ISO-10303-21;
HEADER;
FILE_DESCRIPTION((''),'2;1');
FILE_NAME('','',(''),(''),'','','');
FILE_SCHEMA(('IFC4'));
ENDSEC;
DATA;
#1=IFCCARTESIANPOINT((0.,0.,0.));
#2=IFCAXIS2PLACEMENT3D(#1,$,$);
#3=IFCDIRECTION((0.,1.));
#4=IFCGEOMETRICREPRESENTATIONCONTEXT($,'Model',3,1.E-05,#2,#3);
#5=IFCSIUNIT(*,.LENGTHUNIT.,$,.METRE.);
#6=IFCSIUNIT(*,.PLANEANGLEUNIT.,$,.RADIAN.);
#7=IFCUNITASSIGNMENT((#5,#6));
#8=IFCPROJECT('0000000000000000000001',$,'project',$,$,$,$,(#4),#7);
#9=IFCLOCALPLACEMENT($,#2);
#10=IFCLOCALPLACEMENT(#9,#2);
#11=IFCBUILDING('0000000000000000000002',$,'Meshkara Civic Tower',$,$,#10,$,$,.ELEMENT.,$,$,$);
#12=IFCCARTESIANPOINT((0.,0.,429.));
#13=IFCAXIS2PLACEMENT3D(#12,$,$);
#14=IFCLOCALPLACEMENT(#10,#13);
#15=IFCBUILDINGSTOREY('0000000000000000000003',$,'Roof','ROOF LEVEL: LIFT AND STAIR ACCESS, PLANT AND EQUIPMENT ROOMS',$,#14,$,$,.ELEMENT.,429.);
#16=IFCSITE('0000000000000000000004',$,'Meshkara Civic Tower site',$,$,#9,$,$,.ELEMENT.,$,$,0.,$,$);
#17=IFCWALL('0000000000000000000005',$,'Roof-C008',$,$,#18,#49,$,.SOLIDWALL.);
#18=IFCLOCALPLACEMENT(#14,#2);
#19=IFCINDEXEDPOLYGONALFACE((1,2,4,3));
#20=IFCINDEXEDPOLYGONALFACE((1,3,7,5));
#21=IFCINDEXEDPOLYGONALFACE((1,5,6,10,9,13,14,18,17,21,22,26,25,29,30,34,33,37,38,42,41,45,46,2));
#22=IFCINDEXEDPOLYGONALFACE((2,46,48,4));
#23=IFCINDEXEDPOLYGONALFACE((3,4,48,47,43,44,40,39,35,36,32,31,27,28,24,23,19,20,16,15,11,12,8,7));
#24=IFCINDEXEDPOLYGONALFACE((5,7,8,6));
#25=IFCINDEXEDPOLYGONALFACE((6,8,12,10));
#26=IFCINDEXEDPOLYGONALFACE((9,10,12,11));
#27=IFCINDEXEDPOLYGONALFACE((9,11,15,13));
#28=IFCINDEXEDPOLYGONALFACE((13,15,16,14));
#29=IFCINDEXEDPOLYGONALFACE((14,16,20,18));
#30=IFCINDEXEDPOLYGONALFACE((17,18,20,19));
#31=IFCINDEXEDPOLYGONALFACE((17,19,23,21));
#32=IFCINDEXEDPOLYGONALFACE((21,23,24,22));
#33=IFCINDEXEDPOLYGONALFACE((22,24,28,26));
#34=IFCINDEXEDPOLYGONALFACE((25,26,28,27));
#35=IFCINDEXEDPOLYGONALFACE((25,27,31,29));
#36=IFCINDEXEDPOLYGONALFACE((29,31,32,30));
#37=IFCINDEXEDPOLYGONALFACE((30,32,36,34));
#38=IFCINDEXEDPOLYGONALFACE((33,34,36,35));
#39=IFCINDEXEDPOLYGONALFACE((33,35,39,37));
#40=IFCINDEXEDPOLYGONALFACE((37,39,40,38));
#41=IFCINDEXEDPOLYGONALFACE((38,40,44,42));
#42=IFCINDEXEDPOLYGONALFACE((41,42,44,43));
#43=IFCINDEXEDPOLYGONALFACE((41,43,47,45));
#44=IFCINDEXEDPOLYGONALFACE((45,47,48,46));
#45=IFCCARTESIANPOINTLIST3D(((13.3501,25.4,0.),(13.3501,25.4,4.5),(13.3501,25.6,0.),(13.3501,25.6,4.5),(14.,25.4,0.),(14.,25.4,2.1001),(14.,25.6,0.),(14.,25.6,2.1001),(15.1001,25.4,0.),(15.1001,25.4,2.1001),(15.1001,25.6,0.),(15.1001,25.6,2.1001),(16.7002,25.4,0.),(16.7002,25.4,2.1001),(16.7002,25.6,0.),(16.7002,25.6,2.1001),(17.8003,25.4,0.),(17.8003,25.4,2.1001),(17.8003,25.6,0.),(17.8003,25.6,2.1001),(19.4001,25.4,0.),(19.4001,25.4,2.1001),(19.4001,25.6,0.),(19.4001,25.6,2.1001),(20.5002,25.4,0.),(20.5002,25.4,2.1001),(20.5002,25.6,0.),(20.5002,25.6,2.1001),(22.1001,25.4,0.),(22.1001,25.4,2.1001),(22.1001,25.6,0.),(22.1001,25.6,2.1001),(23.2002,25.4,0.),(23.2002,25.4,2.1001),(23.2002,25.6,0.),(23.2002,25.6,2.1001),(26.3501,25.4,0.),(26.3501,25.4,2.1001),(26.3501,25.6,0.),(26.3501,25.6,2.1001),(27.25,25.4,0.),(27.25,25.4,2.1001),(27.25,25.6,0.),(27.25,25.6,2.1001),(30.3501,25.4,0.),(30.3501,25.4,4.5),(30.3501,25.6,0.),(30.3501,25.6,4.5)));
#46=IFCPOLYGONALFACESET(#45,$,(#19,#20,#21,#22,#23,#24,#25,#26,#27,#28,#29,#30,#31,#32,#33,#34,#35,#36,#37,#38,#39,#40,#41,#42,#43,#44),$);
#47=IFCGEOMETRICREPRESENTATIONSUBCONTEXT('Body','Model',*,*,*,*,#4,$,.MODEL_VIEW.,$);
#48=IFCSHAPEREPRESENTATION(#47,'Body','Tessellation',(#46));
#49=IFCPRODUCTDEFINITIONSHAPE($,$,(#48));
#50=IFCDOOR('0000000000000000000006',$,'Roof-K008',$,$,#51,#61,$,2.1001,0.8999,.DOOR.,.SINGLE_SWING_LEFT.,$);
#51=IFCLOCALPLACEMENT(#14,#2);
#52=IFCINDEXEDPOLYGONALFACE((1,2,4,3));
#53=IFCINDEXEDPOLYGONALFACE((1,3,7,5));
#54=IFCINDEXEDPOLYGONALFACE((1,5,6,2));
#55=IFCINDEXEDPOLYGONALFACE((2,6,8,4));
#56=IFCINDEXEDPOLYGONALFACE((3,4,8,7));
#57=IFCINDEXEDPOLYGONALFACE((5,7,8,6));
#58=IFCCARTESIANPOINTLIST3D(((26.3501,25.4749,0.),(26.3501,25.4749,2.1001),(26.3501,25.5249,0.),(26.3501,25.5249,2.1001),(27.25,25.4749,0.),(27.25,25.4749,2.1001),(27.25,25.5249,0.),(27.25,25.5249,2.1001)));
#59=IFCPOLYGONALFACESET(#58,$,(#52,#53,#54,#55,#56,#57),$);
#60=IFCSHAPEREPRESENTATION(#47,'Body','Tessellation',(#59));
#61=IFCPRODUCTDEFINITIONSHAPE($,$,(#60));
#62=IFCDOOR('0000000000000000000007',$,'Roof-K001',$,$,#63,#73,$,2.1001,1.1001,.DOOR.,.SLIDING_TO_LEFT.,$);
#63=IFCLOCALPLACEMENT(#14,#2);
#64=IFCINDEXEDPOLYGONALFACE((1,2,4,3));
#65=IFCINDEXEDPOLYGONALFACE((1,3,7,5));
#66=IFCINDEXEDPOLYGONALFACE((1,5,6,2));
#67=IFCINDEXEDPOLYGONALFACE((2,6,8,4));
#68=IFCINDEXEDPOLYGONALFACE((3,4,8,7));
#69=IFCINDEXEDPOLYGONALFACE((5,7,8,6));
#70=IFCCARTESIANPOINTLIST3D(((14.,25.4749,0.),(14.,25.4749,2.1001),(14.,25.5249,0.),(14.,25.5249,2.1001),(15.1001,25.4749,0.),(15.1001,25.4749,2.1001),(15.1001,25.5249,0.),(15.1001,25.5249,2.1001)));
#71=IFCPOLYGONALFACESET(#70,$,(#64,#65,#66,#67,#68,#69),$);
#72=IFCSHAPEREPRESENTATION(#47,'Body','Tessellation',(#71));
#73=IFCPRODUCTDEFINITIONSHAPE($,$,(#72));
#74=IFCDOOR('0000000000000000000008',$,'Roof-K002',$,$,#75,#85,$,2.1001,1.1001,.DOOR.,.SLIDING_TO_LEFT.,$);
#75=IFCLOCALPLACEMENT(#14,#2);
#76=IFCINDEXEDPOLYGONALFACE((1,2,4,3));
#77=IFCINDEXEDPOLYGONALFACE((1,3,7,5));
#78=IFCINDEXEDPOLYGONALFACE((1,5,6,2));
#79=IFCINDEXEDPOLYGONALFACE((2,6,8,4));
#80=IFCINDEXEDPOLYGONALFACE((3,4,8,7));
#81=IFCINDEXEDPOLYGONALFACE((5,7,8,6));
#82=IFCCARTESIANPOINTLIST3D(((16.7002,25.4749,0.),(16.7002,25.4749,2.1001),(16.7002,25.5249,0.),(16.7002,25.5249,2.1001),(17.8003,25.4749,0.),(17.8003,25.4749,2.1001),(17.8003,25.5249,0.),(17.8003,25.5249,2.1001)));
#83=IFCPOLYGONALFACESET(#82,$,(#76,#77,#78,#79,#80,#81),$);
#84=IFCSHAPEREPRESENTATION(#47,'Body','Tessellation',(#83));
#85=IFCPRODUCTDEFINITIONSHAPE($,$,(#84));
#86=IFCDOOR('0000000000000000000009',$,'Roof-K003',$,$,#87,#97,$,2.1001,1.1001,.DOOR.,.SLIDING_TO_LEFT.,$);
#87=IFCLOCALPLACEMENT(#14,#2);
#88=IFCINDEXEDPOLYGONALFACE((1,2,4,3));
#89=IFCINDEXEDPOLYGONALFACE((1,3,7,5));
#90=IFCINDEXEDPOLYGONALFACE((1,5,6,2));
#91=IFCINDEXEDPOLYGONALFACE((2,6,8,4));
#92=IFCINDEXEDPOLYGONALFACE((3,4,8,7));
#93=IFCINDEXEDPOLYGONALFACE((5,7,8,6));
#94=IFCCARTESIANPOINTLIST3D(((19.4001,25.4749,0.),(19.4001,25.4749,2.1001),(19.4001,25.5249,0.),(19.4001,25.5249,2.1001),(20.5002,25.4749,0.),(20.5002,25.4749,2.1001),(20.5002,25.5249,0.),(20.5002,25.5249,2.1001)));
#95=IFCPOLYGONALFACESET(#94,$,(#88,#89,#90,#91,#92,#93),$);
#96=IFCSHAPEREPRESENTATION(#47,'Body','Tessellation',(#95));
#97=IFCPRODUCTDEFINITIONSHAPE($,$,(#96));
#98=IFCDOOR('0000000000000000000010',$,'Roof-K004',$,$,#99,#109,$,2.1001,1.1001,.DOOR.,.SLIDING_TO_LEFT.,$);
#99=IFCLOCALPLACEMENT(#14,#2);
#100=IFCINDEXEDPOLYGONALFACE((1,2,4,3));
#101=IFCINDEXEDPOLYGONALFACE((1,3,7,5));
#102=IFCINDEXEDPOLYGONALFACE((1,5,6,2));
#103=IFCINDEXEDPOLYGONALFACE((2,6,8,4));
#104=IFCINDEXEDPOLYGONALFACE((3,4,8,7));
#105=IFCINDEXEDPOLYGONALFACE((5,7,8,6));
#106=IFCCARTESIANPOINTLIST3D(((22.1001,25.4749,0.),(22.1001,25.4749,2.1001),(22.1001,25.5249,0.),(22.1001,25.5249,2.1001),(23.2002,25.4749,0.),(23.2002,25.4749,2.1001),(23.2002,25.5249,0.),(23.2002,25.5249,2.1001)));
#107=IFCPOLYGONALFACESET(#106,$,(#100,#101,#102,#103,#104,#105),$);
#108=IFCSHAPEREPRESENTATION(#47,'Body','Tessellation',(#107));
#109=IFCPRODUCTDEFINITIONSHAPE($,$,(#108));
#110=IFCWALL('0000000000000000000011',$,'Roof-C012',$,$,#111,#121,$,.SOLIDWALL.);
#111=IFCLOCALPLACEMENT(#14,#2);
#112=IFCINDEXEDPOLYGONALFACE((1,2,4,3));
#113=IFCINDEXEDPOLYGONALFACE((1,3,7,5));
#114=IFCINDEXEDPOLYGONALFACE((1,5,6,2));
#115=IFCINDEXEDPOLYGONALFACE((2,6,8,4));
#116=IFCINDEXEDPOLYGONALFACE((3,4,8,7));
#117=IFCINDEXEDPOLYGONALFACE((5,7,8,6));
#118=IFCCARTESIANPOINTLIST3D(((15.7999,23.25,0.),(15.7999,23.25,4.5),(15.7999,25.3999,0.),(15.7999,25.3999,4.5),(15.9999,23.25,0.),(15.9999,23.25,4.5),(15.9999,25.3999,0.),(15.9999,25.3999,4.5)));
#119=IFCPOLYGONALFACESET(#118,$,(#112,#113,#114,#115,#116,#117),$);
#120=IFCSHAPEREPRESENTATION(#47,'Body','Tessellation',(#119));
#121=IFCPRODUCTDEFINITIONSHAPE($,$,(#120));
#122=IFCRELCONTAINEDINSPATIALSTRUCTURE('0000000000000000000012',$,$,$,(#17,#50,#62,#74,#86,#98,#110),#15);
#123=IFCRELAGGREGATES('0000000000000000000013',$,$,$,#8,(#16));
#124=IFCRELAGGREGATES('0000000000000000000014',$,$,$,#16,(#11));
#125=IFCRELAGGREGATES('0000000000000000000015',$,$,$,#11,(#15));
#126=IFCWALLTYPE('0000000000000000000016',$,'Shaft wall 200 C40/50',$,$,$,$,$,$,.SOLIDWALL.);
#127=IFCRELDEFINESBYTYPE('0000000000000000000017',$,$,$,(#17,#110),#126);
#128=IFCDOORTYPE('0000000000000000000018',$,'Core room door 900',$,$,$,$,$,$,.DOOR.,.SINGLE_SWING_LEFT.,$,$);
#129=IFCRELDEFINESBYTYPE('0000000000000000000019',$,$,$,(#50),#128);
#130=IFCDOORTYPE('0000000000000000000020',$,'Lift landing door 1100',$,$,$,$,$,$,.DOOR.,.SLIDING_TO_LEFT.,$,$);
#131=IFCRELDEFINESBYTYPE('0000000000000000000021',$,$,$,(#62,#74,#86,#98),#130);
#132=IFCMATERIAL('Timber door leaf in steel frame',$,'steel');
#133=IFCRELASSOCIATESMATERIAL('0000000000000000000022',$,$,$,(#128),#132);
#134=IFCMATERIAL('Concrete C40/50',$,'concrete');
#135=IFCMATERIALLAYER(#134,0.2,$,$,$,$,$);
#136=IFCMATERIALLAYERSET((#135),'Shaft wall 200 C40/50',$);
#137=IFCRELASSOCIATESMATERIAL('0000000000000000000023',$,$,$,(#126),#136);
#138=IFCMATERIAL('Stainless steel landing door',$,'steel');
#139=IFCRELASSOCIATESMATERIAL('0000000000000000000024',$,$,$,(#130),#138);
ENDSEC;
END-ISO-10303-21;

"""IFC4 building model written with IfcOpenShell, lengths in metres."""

from ifc_helpers import new_model, si_unit, direction, frame, frame_2d, origin, place, context, subcontext, project, spatial, rectangle, extrude, material, layer, layer_set, type_object, element, fill, save


model = new_model("IFC4")

# Units and contexts
model_context = context("Model", 3, precision=1e-05, world=origin(), true_north=direction((0.0, 1.0)))
body_context = subcontext(model_context, "Body", "Model", "MODEL_VIEW")
ifc_project = project(units=[si_unit("LENGTHUNIT", "METRE"), si_unit("PLANEANGLEUNIT", "RADIAN")], contexts=[model_context])

# Site, building, storey
site_placement = place(None, origin())
site = spatial("IfcSite", under=ifc_project, at=site_placement, Name="Meshkara Civic Tower site", CompositionType="ELEMENT", RefElevation=0.0)
building_placement = place(site_placement, origin())
building = spatial("IfcBuilding", under=site, at=building_placement, Name="Meshkara Civic Tower", CompositionType="ELEMENT")
storey_placement = place(building_placement, frame((0.0, 0.0, 429.0)))
storey = spatial("IfcBuildingStorey", under=building, at=storey_placement, Name="Roof", Description="ROOF LEVEL: LIFT AND STAIR ACCESS, PLANT AND EQUIPMENT ROOMS", CompositionType="ELEMENT", Elevation=429.0)

# Shared definitions
ifc_material_1 = material(Name="Timber door leaf in steel frame", Category="steel")
door_type_1 = type_object("IfcDoorType", Name="Core room door 900", OperationType="SINGLE_SWING_LEFT", PredefinedType="DOOR", material=ifc_material_1)

# Wall, openings, doors
ifc_material_2 = material(Name="Concrete C40/50", Category="concrete")
ifc_layer_1 = layer(ifc_material_2, 0.2)
ifc_layer_set_1 = layer_set([ifc_layer_1], Name="Shaft wall 200 C40/50")
wall_type_1 = type_object("IfcWallType", Name="Shaft wall 200 C40/50", PredefinedType="SOLIDWALL", material=ifc_layer_set_1)
wall_1_placement = place(storey_placement, frame((13.3501, 25.5, 0.0), z_axis=(0.0, 0.0, 1.0), x_axis=(1.0, 0.0, 0.0)))
wall_1 = element("IfcWall", 1, at=wall_1_placement, inside=storey, type_object=wall_type_1, Name="Roof-C008", PredefinedType="SOLIDWALL", context=body_context, shape_type="SweptSolid", body=[
    extrude(rectangle(XDim=17.0, YDim=0.2, at=frame_2d((8.5, 0.0))), origin(), (0.0, 0.0, 1.0), 4.5),
])
opening_1_placement = place(wall_1_placement, frame((0.6499, 0.0, 0.0)))
opening_1 = element("IfcOpeningElement", 2, at=opening_1_placement, cuts=wall_1, PredefinedType="OPENING", context=body_context, shape_type="SweptSolid", body=[
    extrude(rectangle(XDim=1.1001, YDim=2.1001, at=frame_2d((0.55, 1.05))), frame((0.0, 0.1099, 0.0), z_axis=(0.0, -1.0, 0.0), x_axis=(1.0, 0.0, 0.0)), (0.0, 0.0, 1.0), 0.22),
])
opening_2_placement = place(wall_1_placement, frame((3.3501, 0.0, 0.0)))
opening_2 = element("IfcOpeningElement", 3, at=opening_2_placement, cuts=wall_1, PredefinedType="OPENING", context=body_context, shape_type="SweptSolid", body=[
    extrude(rectangle(XDim=1.1001, YDim=2.1001, at=frame_2d((0.55, 1.05))), frame((0.0, 0.1099, 0.0), z_axis=(0.0, -1.0, 0.0), x_axis=(1.0, 0.0, 0.0)), (0.0, 0.0, 1.0), 0.22),
])
opening_3_placement = place(wall_1_placement, frame((6.05, 0.0, 0.0)))
opening_3 = element("IfcOpeningElement", 4, at=opening_3_placement, cuts=wall_1, PredefinedType="OPENING", context=body_context, shape_type="SweptSolid", body=[
    extrude(rectangle(XDim=1.1001, YDim=2.1001, at=frame_2d((0.55, 1.05))), frame((0.0, 0.1099, 0.0), z_axis=(0.0, -1.0, 0.0), x_axis=(1.0, 0.0, 0.0)), (0.0, 0.0, 1.0), 0.22),
])
opening_4_placement = place(wall_1_placement, frame((8.75, 0.0, 0.0)))
opening_4 = element("IfcOpeningElement", 5, at=opening_4_placement, cuts=wall_1, PredefinedType="OPENING", context=body_context, shape_type="SweptSolid", body=[
    extrude(rectangle(XDim=1.1001, YDim=2.1001, at=frame_2d((0.55, 1.05))), frame((0.0, 0.1099, 0.0), z_axis=(0.0, -1.0, 0.0), x_axis=(1.0, 0.0, 0.0)), (0.0, 0.0, 1.0), 0.22),
])
opening_5_placement = place(wall_1_placement, frame((13.0, 0.0, 0.0)))
opening_5 = element("IfcOpeningElement", 6, at=opening_5_placement, cuts=wall_1, PredefinedType="OPENING", context=body_context, shape_type="SweptSolid", body=[
    extrude(rectangle(XDim=0.8999, YDim=2.1001, at=frame_2d((0.45, 1.05))), frame((0.0, 0.1099, 0.0), z_axis=(0.0, -1.0, 0.0), x_axis=(1.0, 0.0, 0.0)), (0.0, 0.0, 1.0), 0.22),
])
door_1_placement = place(opening_5_placement, origin())
door_1 = element("IfcDoor", 7, at=door_1_placement, inside=storey, type_object=door_type_1, Name="Roof-K008", OperationType="SINGLE_SWING_LEFT", OverallHeight=2.1001, OverallWidth=0.8999, PredefinedType="DOOR", context=body_context, shape_type="SweptSolid", body=[
    extrude(rectangle(XDim=0.8999, YDim=2.1001, at=frame_2d((0.45, 1.05))), frame((0.0, 0.0249, 0.0), z_axis=(0.0, -1.0, 0.0), x_axis=(1.0, 0.0, 0.0)), (0.0, 0.0, 1.0), 0.05),
])
fill(opening_5, door_1)
ifc_material_3 = material(Name="Stainless steel landing door", Category="steel")
door_type_2 = type_object("IfcDoorType", Name="Lift landing door 1100", OperationType="SLIDING_TO_LEFT", PredefinedType="DOOR", material=ifc_material_3)
door_2_placement = place(opening_1_placement, origin())
door_2 = element("IfcDoor", 8, at=door_2_placement, inside=storey, type_object=door_type_2, Name="Roof-K001", OperationType="SLIDING_TO_LEFT", OverallHeight=2.1001, OverallWidth=1.1001, PredefinedType="DOOR", context=body_context, shape_type="SweptSolid", body=[
    extrude(rectangle(XDim=1.1001, YDim=2.1001, at=frame_2d((0.55, 1.05))), frame((0.0, 0.0249, 0.0), z_axis=(0.0, -1.0, 0.0), x_axis=(1.0, 0.0, 0.0)), (0.0, 0.0, 1.0), 0.05),
])
fill(opening_1, door_2)
door_3_placement = place(opening_2_placement, origin())
door_3 = element("IfcDoor", 9, at=door_3_placement, inside=storey, type_object=door_type_2, Name="Roof-K002", OperationType="SLIDING_TO_LEFT", OverallHeight=2.1001, OverallWidth=1.1001, PredefinedType="DOOR", context=body_context, shape_type="SweptSolid", body=[
    extrude(rectangle(XDim=1.1001, YDim=2.1001, at=frame_2d((0.55, 1.05))), frame((0.0, 0.0249, 0.0), z_axis=(0.0, -1.0, 0.0), x_axis=(1.0, 0.0, 0.0)), (0.0, 0.0, 1.0), 0.05),
])
fill(opening_2, door_3)
door_4_placement = place(opening_3_placement, origin())
door_4 = element("IfcDoor", 10, at=door_4_placement, inside=storey, type_object=door_type_2, Name="Roof-K003", OperationType="SLIDING_TO_LEFT", OverallHeight=2.1001, OverallWidth=1.1001, PredefinedType="DOOR", context=body_context, shape_type="SweptSolid", body=[
    extrude(rectangle(XDim=1.1001, YDim=2.1001, at=frame_2d((0.55, 1.05))), frame((0.0, 0.0249, 0.0), z_axis=(0.0, -1.0, 0.0), x_axis=(1.0, 0.0, 0.0)), (0.0, 0.0, 1.0), 0.05),
])
fill(opening_3, door_4)
door_5_placement = place(opening_4_placement, origin())
door_5 = element("IfcDoor", 11, at=door_5_placement, inside=storey, type_object=door_type_2, Name="Roof-K004", OperationType="SLIDING_TO_LEFT", OverallHeight=2.1001, OverallWidth=1.1001, PredefinedType="DOOR", context=body_context, shape_type="SweptSolid", body=[
    extrude(rectangle(XDim=1.1001, YDim=2.1001, at=frame_2d((0.55, 1.05))), frame((0.0, 0.0249, 0.0), z_axis=(0.0, -1.0, 0.0), x_axis=(1.0, 0.0, 0.0)), (0.0, 0.0, 1.0), 0.05),
])
fill(opening_4, door_5)

# Wall
wall_2_placement = place(storey_placement, frame((15.8999, 23.25, 0.0), z_axis=(0.0, 0.0, 1.0), x_axis=(0.0, 1.0, 0.0)))
element("IfcWall", 12, at=wall_2_placement, inside=storey, type_object=wall_type_1, Name="Roof-C012", PredefinedType="SOLIDWALL", context=body_context, shape_type="SweptSolid", body=[
    extrude(rectangle(XDim=2.1499, YDim=0.2, at=frame_2d((1.075, 0.0))), origin(), (0.0, 0.0, 1.0), 4.5),
])

save(model, "model.ifc")
